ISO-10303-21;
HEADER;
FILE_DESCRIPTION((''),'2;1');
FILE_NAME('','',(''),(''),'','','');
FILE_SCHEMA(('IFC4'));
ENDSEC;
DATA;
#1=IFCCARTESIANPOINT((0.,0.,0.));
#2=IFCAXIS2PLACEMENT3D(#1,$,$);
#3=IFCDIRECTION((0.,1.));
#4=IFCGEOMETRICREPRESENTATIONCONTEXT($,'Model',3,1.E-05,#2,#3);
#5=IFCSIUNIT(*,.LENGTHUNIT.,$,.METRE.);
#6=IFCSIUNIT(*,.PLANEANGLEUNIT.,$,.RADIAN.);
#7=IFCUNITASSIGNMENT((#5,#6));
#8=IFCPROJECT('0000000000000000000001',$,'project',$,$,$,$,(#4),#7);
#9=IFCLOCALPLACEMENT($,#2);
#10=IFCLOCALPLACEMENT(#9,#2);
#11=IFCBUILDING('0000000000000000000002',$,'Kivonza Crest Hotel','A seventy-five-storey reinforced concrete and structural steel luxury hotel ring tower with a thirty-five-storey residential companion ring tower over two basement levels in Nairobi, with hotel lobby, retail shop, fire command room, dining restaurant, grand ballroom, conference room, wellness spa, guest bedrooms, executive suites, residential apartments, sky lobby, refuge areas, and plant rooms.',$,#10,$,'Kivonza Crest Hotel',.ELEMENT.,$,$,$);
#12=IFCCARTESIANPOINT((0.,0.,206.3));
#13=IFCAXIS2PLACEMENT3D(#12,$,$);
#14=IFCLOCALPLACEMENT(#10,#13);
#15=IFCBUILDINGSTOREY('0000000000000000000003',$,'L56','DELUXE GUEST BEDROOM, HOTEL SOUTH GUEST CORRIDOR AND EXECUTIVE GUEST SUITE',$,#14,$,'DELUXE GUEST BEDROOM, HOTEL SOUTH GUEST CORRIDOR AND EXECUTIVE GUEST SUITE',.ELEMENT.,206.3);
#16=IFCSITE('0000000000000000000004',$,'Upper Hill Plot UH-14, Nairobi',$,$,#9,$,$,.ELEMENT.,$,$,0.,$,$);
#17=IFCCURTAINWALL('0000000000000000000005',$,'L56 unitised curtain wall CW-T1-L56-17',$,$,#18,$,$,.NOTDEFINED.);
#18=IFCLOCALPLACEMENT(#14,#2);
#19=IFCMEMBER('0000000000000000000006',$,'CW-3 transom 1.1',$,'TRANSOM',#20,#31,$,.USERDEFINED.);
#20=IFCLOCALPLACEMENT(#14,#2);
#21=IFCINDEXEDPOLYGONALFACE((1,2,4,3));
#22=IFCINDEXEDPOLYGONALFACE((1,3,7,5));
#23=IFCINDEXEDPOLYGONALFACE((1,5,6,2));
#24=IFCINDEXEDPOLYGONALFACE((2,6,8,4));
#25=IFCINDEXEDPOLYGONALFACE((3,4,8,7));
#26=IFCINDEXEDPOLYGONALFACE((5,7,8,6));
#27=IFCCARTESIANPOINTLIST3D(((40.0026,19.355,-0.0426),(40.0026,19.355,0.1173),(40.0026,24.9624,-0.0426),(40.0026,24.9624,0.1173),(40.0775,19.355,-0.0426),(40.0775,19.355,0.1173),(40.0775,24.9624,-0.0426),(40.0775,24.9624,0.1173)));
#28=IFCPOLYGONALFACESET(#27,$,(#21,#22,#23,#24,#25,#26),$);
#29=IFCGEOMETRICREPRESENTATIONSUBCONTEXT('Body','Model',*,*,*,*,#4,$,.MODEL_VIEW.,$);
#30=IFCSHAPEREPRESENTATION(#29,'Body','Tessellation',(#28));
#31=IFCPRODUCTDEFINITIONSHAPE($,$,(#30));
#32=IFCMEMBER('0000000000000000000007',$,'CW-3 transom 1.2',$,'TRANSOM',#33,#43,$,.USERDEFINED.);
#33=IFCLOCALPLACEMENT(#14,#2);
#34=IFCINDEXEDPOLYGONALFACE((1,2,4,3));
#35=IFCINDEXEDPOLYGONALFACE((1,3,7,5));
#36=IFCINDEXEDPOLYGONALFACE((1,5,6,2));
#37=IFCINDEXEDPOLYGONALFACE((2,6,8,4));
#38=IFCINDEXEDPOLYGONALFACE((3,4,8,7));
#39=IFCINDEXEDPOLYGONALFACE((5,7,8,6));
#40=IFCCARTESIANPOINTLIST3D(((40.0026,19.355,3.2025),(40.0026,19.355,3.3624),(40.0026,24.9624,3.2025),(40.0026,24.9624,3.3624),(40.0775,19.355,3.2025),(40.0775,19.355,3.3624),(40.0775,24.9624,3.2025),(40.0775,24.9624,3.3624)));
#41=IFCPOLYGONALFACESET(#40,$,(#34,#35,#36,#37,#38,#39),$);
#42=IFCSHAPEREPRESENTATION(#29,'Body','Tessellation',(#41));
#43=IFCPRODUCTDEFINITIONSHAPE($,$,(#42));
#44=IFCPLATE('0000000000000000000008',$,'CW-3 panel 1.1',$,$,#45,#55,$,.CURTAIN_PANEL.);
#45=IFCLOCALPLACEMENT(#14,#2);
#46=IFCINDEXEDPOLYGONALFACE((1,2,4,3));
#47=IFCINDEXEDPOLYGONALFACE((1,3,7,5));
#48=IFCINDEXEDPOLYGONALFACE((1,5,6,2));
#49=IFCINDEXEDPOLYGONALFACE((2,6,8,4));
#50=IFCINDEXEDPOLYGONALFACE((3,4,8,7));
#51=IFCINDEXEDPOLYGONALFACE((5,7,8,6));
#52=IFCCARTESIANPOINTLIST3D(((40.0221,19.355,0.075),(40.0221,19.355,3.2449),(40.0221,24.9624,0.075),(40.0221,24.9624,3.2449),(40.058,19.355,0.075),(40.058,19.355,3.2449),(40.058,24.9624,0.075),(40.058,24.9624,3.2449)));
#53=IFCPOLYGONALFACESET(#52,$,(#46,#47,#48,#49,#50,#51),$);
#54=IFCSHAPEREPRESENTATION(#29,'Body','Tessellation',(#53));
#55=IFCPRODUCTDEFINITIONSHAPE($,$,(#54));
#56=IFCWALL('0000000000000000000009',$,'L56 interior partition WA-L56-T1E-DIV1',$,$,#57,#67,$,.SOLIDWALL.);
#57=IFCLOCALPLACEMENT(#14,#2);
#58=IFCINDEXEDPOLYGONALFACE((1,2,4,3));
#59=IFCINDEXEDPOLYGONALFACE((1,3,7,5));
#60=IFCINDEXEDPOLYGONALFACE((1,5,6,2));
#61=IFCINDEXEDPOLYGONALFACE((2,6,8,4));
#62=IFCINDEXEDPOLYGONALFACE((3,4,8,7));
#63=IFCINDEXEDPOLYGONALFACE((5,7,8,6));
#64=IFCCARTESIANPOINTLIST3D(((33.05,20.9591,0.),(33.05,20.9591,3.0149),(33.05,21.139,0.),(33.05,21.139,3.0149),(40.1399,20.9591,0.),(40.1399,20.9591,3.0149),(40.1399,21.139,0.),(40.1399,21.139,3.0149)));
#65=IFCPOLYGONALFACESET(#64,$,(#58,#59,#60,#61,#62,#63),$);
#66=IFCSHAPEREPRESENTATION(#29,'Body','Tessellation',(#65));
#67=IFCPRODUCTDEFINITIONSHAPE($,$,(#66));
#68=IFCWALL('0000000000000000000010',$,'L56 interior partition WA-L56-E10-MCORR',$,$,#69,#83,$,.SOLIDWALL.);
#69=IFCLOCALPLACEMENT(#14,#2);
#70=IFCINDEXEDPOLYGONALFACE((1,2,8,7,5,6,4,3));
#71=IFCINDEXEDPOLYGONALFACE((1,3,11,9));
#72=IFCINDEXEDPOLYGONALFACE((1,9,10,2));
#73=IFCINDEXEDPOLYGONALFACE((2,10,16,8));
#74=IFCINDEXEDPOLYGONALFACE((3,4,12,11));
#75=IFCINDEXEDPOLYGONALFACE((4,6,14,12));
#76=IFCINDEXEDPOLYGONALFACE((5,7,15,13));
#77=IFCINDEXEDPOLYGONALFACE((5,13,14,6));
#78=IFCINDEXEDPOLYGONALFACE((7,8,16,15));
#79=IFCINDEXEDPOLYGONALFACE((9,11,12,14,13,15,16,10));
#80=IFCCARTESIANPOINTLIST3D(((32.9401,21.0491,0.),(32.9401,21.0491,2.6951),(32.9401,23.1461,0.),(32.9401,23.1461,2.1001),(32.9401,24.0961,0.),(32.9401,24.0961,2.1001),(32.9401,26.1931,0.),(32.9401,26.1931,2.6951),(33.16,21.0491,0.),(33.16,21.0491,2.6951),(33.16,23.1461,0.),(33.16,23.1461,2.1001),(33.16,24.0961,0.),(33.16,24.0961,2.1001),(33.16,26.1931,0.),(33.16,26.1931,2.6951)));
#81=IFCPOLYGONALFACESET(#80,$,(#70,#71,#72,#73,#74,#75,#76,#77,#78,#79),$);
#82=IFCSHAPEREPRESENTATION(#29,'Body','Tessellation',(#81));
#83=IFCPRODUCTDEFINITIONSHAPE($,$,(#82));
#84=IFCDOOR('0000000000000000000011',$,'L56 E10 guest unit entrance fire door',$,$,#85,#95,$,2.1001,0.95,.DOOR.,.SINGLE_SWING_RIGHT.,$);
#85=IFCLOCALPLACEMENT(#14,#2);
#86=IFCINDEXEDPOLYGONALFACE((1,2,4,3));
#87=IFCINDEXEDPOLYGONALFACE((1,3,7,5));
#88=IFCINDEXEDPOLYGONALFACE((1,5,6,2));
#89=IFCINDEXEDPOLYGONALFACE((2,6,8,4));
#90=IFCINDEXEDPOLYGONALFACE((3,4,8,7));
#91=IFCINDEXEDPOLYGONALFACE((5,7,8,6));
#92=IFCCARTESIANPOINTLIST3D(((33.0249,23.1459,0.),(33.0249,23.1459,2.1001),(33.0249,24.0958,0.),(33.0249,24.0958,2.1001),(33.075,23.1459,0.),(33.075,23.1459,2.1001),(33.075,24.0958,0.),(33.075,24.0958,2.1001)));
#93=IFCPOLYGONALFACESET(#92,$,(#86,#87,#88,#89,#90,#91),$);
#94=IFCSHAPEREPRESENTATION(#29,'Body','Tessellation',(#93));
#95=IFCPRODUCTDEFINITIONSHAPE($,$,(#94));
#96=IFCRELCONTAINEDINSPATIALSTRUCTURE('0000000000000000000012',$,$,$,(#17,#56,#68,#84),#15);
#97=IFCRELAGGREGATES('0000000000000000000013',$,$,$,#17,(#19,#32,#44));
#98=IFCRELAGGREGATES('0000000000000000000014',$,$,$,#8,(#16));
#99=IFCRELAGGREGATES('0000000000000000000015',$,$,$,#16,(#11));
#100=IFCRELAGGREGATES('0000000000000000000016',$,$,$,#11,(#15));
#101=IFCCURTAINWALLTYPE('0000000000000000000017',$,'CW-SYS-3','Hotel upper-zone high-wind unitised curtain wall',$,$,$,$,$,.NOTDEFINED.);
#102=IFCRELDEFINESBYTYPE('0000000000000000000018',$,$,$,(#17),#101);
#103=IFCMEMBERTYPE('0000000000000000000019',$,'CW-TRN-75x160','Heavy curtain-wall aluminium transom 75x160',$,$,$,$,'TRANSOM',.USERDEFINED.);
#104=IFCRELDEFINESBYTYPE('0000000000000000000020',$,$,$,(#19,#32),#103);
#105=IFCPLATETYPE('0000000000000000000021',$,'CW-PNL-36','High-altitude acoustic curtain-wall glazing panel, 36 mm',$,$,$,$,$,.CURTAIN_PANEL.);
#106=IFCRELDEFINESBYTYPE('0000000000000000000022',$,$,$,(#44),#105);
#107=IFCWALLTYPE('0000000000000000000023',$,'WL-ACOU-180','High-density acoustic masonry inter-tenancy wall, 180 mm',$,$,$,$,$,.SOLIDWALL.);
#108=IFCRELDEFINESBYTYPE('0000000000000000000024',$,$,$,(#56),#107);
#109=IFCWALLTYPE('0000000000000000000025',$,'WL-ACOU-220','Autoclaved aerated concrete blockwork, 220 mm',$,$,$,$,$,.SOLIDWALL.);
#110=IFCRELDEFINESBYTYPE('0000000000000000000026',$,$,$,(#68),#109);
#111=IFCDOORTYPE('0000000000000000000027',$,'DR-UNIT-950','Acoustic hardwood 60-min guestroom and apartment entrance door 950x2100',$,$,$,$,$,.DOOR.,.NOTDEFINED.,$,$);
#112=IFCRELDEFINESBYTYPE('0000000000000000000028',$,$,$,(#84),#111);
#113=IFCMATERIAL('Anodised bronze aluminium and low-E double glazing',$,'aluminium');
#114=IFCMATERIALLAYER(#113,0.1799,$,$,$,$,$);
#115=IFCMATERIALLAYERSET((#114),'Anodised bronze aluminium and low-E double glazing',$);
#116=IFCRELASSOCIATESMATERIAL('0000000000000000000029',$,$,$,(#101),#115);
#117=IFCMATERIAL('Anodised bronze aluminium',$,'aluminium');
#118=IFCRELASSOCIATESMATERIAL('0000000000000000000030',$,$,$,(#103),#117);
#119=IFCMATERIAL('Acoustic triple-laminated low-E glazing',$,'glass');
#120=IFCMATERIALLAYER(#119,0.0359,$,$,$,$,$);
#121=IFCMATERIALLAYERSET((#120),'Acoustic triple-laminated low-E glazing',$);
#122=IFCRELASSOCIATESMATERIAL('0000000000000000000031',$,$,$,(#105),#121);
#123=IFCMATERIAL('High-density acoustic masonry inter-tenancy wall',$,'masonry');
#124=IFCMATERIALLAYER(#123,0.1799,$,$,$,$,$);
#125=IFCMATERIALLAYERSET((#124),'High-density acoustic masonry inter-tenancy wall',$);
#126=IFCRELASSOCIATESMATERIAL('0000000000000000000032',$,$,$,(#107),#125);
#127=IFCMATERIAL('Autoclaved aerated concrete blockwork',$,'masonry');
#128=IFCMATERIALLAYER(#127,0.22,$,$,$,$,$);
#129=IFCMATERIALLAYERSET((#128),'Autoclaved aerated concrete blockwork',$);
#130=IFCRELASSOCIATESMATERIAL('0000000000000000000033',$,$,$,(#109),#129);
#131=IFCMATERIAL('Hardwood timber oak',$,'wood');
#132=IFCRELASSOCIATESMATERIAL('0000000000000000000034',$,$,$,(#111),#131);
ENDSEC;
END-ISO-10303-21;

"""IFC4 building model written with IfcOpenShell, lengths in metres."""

from ifc_helpers import new_model, si_unit, direction, frame, frame_2d, origin, origin_2d, place, context, subcontext, project, spatial, rectangle, extrude, material, layer, layer_set, material_profile, profile_set, type_object, element, fill, aggregate, save


model = new_model("IFC4")

# Units and contexts
model_context = context("Model", 3, precision=1e-05, world=origin(), true_north=direction((0.0, 1.0)))
body_context = subcontext(model_context, "Body", "Model", "MODEL_VIEW")
ifc_project = project(units=[si_unit("LENGTHUNIT", "METRE"), si_unit("PLANEANGLEUNIT", "RADIAN")], contexts=[model_context])

# Site, building, storey
site_placement = place(None, origin())
site = spatial("IfcSite", under=ifc_project, at=site_placement, Name="Upper Hill Plot UH-14, Nairobi", CompositionType="ELEMENT", RefElevation=0.0)
building_placement = place(site_placement, origin())
building = spatial("IfcBuilding", under=site, at=building_placement, Name="Kivonza Crest Hotel", Description="A seventy-five-storey reinforced concrete and structural steel luxury hotel ring tower with a thirty-five-storey residential companion ring tower over two basement levels in Nairobi, with hotel lobby, retail shop, fire command room, dining restaurant, grand ballroom, conference room, wellness spa, guest bedrooms, executive suites, residential apartments, sky lobby, refuge areas, and plant rooms.", LongName="Kivonza Crest Hotel", CompositionType="ELEMENT")
storey_placement = place(building_placement, frame((0.0, 0.0, 206.3)))
storey = spatial("IfcBuildingStorey", under=building, at=storey_placement, Name="L56", Description="DELUXE GUEST BEDROOM, HOTEL SOUTH GUEST CORRIDOR AND EXECUTIVE GUEST SUITE", LongName="DELUXE GUEST BEDROOM, HOTEL SOUTH GUEST CORRIDOR AND EXECUTIVE GUEST SUITE", CompositionType="ELEMENT", Elevation=206.3)

# Curtain wall
ifc_material_1 = material(Name="Anodised bronze aluminium and low-E double glazing", Category="aluminium")
ifc_layer_1 = layer(ifc_material_1, 0.1799)
ifc_layer_set_1 = layer_set([ifc_layer_1], Name="Anodised bronze aluminium and low-E double glazing")
curtain_wall_type_1 = type_object("IfcCurtainWallType", Name="CW-SYS-3", Description="Hotel upper-zone high-wind unitised curtain wall", PredefinedType="NOTDEFINED", material=ifc_layer_set_1)
curtain_wall_1_placement = place(storey_placement, origin())
curtain_wall_1 = element("IfcCurtainWall", 1, at=curtain_wall_1_placement, inside=storey, type_object=curtain_wall_type_1, Name="L56 unitised curtain wall CW-T1-L56-17", PredefinedType="NOTDEFINED")
ifc_material_2 = material(Name="Anodised bronze aluminium", Category="aluminium")

# Members
ifc_material_profile_1 = material_profile(ifc_material_2, rectangle(XDim=0.075, YDim=0.1599, at=origin_2d()), Name="CW-T 75x160")
ifc_profile_set_1 = profile_set([ifc_material_profile_1], Name="Anodised bronze aluminium")
member_type_1 = type_object("IfcMemberType", Name="CW-TRN-75x160", Description="Heavy curtain-wall aluminium transom 75x160", ElementType="TRANSOM", PredefinedType="USERDEFINED", material=ifc_profile_set_1)
member_1_placement = place(storey_placement, frame((40.04, 19.355, 0.0374), z_axis=(0.0, 1.0, 0.0), x_axis=(-1.0, 0.0, 0.0)))
member_1 = element("IfcMember", 2, at=member_1_placement, type_object=member_type_1, Name="CW-3 transom 1.1", ObjectType="TRANSOM", PredefinedType="USERDEFINED", context=body_context, shape_type="SweptSolid", body=[
    extrude(rectangle(XDim=0.075, YDim=0.1599, at=origin_2d()), origin(), (0.0, 0.0, 1.0), 5.6074),
])
member_2_placement = place(storey_placement, frame((40.04, 19.355, 3.2825), z_axis=(0.0, 1.0, 0.0), x_axis=(-1.0, 0.0, 0.0)))
member_2 = element("IfcMember", 3, at=member_2_placement, type_object=member_type_1, Name="CW-3 transom 1.2", ObjectType="TRANSOM", PredefinedType="USERDEFINED", context=body_context, shape_type="SweptSolid", body=[
    extrude(rectangle(XDim=0.075, YDim=0.1599, at=origin_2d()), origin(), (0.0, 0.0, 1.0), 5.6074),
])

# Plate
ifc_material_3 = material(Name="Acoustic triple-laminated low-E glazing", Category="glass")
ifc_layer_2 = layer(ifc_material_3, 0.0359)
ifc_layer_set_2 = layer_set([ifc_layer_2], Name="Acoustic triple-laminated low-E glazing")
plate_type = type_object("IfcPlateType", Name="CW-PNL-36", Description="High-altitude acoustic curtain-wall glazing panel, 36 mm", PredefinedType="CURTAIN_PANEL", material=ifc_layer_set_2)
plate_placement = place(storey_placement, frame((40.04, 22.1587, 0.075), z_axis=(0.0, 0.0, 1.0), x_axis=(0.0, 1.0, 0.0)))
plate = element("IfcPlate", 4, at=plate_placement, type_object=plate_type, Name="CW-3 panel 1.1", PredefinedType="CURTAIN_PANEL", context=body_context, shape_type="SweptSolid", body=[
    extrude(rectangle(XDim=5.6074, YDim=0.0359, at=origin_2d()), origin(), (0.0, 0.0, 1.0), 3.1699),
])
aggregate(curtain_wall_1, [member_1, member_2, plate])

# Wall
ifc_material_4 = material(Name="High-density acoustic masonry inter-tenancy wall", Category="masonry")
ifc_layer_3 = layer(ifc_material_4, 0.1799)
ifc_layer_set_3 = layer_set([ifc_layer_3], Name="High-density acoustic masonry inter-tenancy wall")
wall_type_1 = type_object("IfcWallType", Name="WL-ACOU-180", Description="High-density acoustic masonry inter-tenancy wall, 180 mm", PredefinedType="SOLIDWALL", material=ifc_layer_set_3)
wall_1_placement = place(storey_placement, frame((33.05, 21.0491, 0.0), z_axis=(0.0, 0.0, 1.0), x_axis=(1.0, 0.0, 0.0)))
element("IfcWall", 5, at=wall_1_placement, inside=storey, type_object=wall_type_1, Name="L56 interior partition WA-L56-T1E-DIV1", PredefinedType="SOLIDWALL", context=body_context, shape_type="SweptSolid", body=[
    extrude(rectangle(XDim=7.0898, YDim=0.1799, at=frame_2d((3.5449, 0.0))), origin(), (0.0, 0.0, 1.0), 3.0149),
])

# Wall, opening, door
ifc_material_5 = material(Name="Autoclaved aerated concrete blockwork", Category="masonry")
ifc_layer_4 = layer(ifc_material_5, 0.22)
ifc_layer_set_4 = layer_set([ifc_layer_4], Name="Autoclaved aerated concrete blockwork")
wall_type_2 = type_object("IfcWallType", Name="WL-ACOU-220", Description="Autoclaved aerated concrete blockwork, 220 mm", PredefinedType="SOLIDWALL", material=ifc_layer_set_4)
wall_2_placement = place(storey_placement, frame((33.05, 21.0491, 0.0), z_axis=(0.0, 0.0, 1.0), x_axis=(0.0, 1.0, 0.0)))
wall_2 = element("IfcWall", 6, at=wall_2_placement, inside=storey, type_object=wall_type_2, Name="L56 interior partition WA-L56-E10-MCORR", PredefinedType="SOLIDWALL", context=body_context, shape_type="SweptSolid", body=[
    extrude(rectangle(XDim=5.144, YDim=0.22, at=frame_2d((2.572, 0.0))), origin(), (0.0, 0.0, 1.0), 2.6951),
])
opening_placement = place(wall_2_placement, frame((2.0969, 0.0, 0.0)))
opening = element("IfcOpeningElement", 7, at=opening_placement, cuts=wall_2, PredefinedType="OPENING", context=body_context, shape_type="SweptSolid", body=[
    extrude(rectangle(XDim=0.95, YDim=2.1001, at=frame_2d((0.4751, 1.05))), frame((0.0, 0.1201, 0.0), z_axis=(0.0, -1.0, 0.0), x_axis=(1.0, 0.0, 0.0)), (0.0, 0.0, 1.0), 0.24),
])
ifc_material_6 = material(Name="Hardwood timber oak", Category="wood")
door_type = type_object("IfcDoorType", Name="DR-UNIT-950", Description="Acoustic hardwood 60-min guestroom and apartment entrance door 950x2100", OperationType="NOTDEFINED", PredefinedType="DOOR", material=ifc_material_6)
door_placement = place(opening_placement, frame((0.95, 0.0, 0.0), z_axis=(0.0, 0.0, 1.0), x_axis=(-1.0, 0.0, 0.0)))
door = element("IfcDoor", 8, at=door_placement, inside=storey, type_object=door_type, Name="L56 E10 guest unit entrance fire door", OperationType="SINGLE_SWING_RIGHT", OverallHeight=2.1001, OverallWidth=0.95, PredefinedType="DOOR", context=body_context, shape_type="SweptSolid", body=[
    extrude(rectangle(XDim=0.95, YDim=2.1001, at=frame_2d((0.4751, 1.05))), frame((0.0, 0.0249, 0.0), z_axis=(0.0, -1.0, 0.0), x_axis=(1.0, 0.0, 0.0)), (0.0, 0.0, 1.0), 0.05),
])
fill(opening, door)

save(model, "model.ifc")
